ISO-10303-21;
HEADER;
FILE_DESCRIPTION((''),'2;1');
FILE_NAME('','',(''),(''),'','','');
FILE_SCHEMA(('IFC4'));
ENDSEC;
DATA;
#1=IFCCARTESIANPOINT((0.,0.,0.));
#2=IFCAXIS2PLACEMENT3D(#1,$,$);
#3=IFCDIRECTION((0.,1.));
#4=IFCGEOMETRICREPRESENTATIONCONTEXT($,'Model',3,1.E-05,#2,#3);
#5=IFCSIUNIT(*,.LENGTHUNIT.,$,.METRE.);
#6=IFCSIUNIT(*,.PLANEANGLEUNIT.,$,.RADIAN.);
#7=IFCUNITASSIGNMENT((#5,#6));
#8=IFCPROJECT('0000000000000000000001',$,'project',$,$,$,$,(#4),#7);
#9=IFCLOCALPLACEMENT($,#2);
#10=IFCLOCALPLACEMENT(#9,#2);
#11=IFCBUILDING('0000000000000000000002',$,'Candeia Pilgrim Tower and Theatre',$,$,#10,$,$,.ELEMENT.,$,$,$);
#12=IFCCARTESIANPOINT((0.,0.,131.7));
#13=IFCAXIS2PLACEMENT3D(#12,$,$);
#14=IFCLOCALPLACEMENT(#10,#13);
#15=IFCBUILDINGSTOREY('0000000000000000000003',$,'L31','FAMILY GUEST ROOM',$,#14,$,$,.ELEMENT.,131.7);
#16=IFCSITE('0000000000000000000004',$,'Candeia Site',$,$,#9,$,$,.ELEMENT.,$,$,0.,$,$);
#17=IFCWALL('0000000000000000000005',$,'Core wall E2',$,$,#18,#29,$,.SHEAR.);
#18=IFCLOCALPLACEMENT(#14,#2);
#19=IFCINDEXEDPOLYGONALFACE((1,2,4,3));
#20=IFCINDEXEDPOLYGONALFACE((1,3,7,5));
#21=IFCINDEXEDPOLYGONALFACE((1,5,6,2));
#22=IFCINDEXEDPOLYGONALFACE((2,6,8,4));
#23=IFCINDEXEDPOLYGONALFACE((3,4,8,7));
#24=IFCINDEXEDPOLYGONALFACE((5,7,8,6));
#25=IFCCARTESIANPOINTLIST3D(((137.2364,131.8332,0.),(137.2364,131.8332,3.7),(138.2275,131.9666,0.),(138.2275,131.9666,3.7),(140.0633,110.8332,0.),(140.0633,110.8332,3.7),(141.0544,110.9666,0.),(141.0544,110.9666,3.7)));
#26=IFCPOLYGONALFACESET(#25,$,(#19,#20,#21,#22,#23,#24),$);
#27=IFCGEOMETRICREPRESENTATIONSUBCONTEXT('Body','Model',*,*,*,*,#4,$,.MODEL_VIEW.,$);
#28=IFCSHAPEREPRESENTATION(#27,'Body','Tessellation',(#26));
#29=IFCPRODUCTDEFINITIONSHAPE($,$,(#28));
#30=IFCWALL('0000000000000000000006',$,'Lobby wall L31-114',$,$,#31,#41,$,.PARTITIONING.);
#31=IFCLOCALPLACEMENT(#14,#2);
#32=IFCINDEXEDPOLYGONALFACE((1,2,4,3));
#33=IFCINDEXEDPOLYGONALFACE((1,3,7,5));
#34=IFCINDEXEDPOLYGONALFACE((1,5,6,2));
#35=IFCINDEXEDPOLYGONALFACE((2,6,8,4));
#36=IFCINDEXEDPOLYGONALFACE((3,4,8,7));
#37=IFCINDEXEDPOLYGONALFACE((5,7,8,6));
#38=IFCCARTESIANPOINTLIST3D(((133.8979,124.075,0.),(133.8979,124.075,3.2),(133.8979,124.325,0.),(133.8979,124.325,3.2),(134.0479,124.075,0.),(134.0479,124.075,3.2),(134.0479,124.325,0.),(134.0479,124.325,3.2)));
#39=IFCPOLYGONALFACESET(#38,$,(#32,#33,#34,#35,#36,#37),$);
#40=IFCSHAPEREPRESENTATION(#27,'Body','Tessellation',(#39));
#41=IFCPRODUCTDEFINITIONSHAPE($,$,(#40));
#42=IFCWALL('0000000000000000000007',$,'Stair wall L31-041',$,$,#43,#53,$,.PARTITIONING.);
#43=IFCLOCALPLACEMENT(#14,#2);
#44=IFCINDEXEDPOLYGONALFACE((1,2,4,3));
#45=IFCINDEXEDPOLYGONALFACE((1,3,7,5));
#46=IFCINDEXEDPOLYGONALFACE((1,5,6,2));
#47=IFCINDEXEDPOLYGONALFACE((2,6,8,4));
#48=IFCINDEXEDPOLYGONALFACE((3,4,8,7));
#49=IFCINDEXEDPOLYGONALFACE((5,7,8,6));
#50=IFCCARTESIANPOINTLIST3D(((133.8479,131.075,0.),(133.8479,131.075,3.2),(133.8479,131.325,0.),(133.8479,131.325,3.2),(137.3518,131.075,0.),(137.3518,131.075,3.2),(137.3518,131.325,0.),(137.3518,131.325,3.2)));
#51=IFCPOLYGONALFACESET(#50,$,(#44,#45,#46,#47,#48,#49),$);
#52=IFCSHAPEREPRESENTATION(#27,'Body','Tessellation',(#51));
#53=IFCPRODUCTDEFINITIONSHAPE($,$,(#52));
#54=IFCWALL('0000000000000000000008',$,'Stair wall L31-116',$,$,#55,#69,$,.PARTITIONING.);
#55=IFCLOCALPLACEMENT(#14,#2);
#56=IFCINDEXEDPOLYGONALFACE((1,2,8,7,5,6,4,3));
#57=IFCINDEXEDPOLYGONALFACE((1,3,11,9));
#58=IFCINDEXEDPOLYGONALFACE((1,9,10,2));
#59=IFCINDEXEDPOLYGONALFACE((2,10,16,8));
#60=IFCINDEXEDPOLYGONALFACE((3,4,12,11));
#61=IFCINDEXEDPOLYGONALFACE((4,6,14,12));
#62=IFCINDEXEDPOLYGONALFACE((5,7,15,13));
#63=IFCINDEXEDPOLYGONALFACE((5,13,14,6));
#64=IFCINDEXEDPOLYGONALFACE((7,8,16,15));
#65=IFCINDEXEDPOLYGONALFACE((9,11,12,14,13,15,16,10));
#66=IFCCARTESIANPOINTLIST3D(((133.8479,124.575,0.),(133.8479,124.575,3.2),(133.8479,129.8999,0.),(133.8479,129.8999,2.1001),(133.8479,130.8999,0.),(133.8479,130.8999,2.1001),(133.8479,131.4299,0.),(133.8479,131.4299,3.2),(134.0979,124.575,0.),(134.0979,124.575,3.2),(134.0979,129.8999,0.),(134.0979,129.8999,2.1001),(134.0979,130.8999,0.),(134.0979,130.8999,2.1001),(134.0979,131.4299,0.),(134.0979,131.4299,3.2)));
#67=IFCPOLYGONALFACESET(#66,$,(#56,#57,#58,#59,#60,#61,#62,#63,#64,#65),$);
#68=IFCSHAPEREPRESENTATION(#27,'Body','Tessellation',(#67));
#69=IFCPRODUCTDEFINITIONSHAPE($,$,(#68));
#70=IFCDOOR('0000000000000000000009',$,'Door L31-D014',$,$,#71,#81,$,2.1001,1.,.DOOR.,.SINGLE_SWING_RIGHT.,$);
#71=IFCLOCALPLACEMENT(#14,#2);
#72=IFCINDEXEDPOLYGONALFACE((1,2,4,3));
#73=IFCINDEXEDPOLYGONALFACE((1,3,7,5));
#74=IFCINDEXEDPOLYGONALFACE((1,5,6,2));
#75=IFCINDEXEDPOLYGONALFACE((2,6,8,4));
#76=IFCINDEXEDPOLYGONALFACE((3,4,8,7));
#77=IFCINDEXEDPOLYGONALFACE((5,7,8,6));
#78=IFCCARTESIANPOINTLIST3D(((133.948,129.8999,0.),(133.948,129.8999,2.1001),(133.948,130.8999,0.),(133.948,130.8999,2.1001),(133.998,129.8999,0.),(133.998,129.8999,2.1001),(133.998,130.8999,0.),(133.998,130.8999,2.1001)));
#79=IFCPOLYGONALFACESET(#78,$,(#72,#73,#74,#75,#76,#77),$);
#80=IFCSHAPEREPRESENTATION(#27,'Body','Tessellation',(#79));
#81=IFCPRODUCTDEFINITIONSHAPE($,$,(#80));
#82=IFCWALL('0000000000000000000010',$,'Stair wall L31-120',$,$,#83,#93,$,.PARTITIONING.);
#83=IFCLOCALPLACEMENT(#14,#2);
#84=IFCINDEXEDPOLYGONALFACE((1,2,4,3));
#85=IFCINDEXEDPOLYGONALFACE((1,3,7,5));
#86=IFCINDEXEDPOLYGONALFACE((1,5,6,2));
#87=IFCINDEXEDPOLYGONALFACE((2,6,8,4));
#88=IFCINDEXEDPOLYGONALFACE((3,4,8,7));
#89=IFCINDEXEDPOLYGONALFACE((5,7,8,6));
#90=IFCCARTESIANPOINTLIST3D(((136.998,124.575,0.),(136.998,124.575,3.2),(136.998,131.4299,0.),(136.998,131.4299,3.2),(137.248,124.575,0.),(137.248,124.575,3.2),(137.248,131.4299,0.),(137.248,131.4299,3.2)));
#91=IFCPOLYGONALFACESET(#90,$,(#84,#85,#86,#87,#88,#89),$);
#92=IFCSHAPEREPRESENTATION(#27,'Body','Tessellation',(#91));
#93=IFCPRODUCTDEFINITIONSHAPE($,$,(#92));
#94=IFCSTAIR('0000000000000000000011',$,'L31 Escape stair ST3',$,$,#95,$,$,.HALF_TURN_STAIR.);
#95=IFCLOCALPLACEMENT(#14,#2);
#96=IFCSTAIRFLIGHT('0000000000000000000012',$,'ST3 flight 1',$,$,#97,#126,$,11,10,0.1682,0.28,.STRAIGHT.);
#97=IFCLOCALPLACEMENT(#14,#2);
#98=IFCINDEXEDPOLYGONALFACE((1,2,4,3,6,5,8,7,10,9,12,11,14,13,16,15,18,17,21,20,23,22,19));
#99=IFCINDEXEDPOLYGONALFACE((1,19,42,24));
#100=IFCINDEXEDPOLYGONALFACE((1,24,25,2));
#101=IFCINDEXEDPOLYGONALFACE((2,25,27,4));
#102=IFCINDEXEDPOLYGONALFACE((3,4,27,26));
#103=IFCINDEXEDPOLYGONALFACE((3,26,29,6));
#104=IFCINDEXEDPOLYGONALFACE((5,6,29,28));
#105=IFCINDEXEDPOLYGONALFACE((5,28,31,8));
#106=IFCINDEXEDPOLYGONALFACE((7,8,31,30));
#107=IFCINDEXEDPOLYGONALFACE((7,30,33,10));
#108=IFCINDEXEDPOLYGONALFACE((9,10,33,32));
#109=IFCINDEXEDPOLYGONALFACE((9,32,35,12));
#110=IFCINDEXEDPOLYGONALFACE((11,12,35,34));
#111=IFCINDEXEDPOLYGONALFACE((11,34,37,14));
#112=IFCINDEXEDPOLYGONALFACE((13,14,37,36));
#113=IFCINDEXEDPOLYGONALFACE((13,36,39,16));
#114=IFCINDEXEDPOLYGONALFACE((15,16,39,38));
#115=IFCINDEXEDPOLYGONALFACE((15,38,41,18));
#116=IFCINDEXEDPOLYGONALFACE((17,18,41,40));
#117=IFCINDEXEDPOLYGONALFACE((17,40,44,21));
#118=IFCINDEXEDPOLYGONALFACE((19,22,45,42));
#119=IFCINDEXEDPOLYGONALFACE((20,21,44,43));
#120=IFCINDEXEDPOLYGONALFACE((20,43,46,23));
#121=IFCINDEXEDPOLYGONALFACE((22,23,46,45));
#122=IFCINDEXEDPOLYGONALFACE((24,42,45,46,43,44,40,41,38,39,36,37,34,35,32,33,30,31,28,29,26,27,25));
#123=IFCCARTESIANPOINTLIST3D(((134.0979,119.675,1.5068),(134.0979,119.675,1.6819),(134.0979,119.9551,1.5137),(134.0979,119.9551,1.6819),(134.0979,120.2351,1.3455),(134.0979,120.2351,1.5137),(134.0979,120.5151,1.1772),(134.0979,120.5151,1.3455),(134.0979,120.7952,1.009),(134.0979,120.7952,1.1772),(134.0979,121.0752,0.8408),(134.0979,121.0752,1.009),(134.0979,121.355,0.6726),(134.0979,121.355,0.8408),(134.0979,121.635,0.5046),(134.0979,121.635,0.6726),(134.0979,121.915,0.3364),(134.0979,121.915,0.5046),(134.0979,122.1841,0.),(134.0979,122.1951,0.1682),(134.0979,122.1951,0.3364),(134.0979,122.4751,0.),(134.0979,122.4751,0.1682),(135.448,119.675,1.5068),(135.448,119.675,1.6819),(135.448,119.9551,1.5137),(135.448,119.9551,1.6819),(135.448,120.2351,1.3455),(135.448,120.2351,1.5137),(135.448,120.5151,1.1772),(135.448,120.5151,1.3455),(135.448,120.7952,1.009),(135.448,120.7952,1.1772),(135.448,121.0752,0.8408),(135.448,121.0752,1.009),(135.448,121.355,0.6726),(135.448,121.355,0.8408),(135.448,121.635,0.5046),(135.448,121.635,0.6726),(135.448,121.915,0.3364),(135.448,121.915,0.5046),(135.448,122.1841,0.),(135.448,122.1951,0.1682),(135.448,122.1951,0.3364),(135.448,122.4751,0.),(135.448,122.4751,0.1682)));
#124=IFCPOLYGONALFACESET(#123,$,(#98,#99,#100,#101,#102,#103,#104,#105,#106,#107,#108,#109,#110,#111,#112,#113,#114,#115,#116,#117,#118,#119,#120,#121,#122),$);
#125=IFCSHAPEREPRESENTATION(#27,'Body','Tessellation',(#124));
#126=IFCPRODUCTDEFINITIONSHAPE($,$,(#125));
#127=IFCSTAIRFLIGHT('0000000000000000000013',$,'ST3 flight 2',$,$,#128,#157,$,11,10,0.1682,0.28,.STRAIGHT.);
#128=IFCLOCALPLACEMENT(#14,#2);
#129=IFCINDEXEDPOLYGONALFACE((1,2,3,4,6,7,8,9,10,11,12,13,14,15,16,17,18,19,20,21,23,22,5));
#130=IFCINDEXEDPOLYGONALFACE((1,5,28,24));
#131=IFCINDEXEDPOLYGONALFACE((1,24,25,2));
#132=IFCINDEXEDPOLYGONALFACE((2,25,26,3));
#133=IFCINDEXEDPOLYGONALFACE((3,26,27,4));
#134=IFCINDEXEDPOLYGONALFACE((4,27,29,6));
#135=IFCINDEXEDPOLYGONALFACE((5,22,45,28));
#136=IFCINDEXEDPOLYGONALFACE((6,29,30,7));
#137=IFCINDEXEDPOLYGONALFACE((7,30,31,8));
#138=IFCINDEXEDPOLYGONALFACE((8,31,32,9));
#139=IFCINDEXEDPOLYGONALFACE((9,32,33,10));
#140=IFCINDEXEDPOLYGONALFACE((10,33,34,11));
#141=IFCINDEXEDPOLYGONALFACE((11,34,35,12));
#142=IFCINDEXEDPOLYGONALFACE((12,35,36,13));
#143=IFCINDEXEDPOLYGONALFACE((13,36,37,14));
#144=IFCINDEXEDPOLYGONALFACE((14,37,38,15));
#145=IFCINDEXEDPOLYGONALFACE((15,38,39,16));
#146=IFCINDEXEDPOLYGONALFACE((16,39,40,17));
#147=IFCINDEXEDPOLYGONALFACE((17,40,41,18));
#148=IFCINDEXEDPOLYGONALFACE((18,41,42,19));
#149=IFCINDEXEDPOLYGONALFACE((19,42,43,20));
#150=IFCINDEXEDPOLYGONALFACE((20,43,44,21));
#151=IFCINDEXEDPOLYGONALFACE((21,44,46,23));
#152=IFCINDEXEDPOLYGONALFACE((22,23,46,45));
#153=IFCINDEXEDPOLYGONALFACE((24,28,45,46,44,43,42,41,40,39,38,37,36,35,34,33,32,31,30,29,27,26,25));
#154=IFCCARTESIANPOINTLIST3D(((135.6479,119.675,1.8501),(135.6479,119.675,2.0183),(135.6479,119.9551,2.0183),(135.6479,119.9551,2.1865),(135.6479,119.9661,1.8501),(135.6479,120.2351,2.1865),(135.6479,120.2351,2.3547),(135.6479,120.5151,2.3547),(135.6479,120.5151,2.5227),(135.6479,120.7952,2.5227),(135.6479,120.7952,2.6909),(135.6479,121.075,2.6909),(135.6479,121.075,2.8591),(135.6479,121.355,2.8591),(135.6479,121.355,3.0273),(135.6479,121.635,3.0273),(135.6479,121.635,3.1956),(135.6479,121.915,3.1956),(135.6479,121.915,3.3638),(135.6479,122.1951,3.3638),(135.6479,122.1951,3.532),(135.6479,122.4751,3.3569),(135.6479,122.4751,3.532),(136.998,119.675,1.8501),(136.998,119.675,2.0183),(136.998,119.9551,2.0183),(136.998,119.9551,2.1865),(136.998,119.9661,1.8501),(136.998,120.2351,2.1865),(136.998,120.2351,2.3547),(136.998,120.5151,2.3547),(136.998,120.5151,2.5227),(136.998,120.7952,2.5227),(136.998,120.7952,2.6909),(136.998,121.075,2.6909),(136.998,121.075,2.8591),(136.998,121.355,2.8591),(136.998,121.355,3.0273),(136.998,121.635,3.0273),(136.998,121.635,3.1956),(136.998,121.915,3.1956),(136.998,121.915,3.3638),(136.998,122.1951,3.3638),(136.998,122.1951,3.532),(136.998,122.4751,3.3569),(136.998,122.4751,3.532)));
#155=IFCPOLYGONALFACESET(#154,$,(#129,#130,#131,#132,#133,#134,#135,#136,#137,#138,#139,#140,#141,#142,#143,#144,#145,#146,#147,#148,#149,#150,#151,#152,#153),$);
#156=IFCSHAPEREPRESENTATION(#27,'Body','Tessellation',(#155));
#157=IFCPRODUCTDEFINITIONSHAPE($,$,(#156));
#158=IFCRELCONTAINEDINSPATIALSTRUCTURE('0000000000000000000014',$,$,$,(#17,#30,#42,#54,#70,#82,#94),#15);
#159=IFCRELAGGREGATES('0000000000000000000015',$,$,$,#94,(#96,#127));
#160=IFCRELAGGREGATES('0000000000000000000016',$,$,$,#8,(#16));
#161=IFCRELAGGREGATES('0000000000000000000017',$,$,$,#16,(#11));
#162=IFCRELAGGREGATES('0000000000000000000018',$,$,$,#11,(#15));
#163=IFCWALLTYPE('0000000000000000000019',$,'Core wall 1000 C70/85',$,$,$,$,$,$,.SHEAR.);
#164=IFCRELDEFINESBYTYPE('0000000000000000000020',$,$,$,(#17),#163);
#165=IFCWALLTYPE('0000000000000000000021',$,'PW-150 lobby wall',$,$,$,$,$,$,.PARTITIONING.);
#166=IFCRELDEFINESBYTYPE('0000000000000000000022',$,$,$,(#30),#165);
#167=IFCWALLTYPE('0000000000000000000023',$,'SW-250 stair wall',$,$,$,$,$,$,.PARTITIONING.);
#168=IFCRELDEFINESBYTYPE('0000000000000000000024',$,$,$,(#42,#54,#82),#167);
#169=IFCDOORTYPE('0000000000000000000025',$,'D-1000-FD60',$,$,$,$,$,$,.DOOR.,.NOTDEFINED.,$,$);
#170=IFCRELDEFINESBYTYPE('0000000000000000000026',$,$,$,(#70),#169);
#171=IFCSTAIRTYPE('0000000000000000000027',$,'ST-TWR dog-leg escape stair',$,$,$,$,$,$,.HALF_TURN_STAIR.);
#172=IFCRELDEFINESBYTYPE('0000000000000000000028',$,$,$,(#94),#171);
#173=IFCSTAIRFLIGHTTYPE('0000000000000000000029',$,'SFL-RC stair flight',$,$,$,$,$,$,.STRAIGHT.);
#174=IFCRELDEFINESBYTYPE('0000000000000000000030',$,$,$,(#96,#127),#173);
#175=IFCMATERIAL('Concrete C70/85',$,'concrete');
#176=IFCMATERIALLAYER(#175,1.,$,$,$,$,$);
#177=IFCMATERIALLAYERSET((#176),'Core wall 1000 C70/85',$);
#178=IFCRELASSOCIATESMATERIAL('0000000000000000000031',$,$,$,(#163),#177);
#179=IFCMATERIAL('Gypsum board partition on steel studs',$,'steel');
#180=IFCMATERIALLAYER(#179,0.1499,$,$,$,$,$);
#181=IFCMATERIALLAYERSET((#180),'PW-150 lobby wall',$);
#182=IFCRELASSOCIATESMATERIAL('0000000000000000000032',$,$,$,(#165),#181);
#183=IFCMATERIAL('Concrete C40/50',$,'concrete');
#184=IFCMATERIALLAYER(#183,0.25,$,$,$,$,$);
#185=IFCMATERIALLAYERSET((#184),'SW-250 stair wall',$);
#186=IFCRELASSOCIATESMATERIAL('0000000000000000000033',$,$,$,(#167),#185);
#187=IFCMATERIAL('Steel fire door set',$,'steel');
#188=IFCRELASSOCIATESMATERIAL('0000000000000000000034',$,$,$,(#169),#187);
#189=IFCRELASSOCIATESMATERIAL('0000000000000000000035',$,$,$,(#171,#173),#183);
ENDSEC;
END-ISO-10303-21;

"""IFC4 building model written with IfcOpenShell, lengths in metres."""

from ifc_helpers import new_model, si_unit, direction, frame, frame_2d, origin, place, context, subcontext, project, spatial, polyline, rectangle, outline, extrude, material, layer, layer_set, type_object, element, fill, aggregate, save


model = new_model("IFC4")

# Units and contexts
model_context = context("Model", 3, precision=1e-05, world=origin(), true_north=direction((0.0, 1.0)))
body_context = subcontext(model_context, "Body", "Model", "MODEL_VIEW")
ifc_project = project(units=[si_unit("LENGTHUNIT", "METRE"), si_unit("PLANEANGLEUNIT", "RADIAN")], contexts=[model_context])

# Site, building, storey
site_placement = place(None, origin())
site = spatial("IfcSite", under=ifc_project, at=site_placement, Name="Candeia Site", CompositionType="ELEMENT", RefElevation=0.0)
building_placement = place(site_placement, origin())
building = spatial("IfcBuilding", under=site, at=building_placement, Name="Candeia Pilgrim Tower and Theatre", CompositionType="ELEMENT")
storey_placement = place(building_placement, frame((0.0, 0.0, 131.7)))
storey = spatial("IfcBuildingStorey", under=building, at=storey_placement, Name="L31", Description="FAMILY GUEST ROOM", CompositionType="ELEMENT", Elevation=131.7)

# Wall
ifc_material_1 = material(Name="Concrete C70/85", Category="concrete")
ifc_layer_1 = layer(ifc_material_1, 1.0)
ifc_layer_set_1 = layer_set([ifc_layer_1], Name="Core wall 1000 C70/85")
wall_type_1 = type_object("IfcWallType", Name="Core wall 1000 C70/85", PredefinedType="SHEAR", material=ifc_layer_set_1)
wall_1_placement = place(storey_placement, frame((137.7319, 131.8999, 0.0), z_axis=(0.0, 0.0, 1.0), x_axis=(0.133411, -0.991061, 0.0)))
element("IfcWall", 1, at=wall_1_placement, inside=storey, type_object=wall_type_1, Name="Core wall E2", PredefinedType="SHEAR", context=body_context, shape_type="SweptSolid", body=[
    extrude(rectangle(XDim=21.1895, YDim=1.0, at=frame_2d((10.5947, 0.0))), origin(), (0.0, 0.0, 1.0), 3.7),
])

# Walls
ifc_material_2 = material(Name="Gypsum board partition on steel studs", Category="steel")
ifc_layer_2 = layer(ifc_material_2, 0.1499)
ifc_layer_set_2 = layer_set([ifc_layer_2], Name="PW-150 lobby wall")
wall_type_2 = type_object("IfcWallType", Name="PW-150 lobby wall", PredefinedType="PARTITIONING", material=ifc_layer_set_2)
wall_2_placement = place(storey_placement, frame((133.9729, 124.075, 0.0), z_axis=(0.0, 0.0, 1.0), x_axis=(0.0, 1.0, 0.0)))
element("IfcWall", 2, at=wall_2_placement, inside=storey, type_object=wall_type_2, Name="Lobby wall L31-114", PredefinedType="PARTITIONING", context=body_context, shape_type="SweptSolid", body=[
    extrude(rectangle(XDim=0.25, YDim=0.1499, at=frame_2d((0.125, 0.0))), origin(), (0.0, 0.0, 1.0), 3.2),
])
ifc_material_3 = material(Name="Concrete C40/50", Category="concrete")
ifc_layer_3 = layer(ifc_material_3, 0.25)
ifc_layer_set_3 = layer_set([ifc_layer_3], Name="SW-250 stair wall")
wall_type_3 = type_object("IfcWallType", Name="SW-250 stair wall", PredefinedType="PARTITIONING", material=ifc_layer_set_3)
wall_3_placement = place(storey_placement, frame((133.8479, 131.2, 0.0), z_axis=(0.0, 0.0, 1.0), x_axis=(1.0, 0.0, 0.0)))
element("IfcWall", 3, at=wall_3_placement, inside=storey, type_object=wall_type_3, Name="Stair wall L31-041", PredefinedType="PARTITIONING", context=body_context, shape_type="SweptSolid", body=[
    extrude(rectangle(XDim=3.5039, YDim=0.25, at=frame_2d((1.752, 0.0))), origin(), (0.0, 0.0, 1.0), 3.2),
])

# Wall, opening, door
wall_4_placement = place(storey_placement, frame((133.9729, 124.575, 0.0), z_axis=(0.0, 0.0, 1.0), x_axis=(0.0, 1.0, 0.0)))
wall_4 = element("IfcWall", 4, at=wall_4_placement, inside=storey, type_object=wall_type_3, Name="Stair wall L31-116", PredefinedType="PARTITIONING", context=body_context, shape_type="SweptSolid", body=[
    extrude(rectangle(XDim=6.855, YDim=0.25, at=frame_2d((3.4275, 0.0))), origin(), (0.0, 0.0, 1.0), 3.2),
])
opening_1_placement = place(wall_4_placement, frame((5.325, 0.0, 0.0)))
opening_1 = element("IfcOpeningElement", 5, at=opening_1_placement, cuts=wall_4, PredefinedType="OPENING", context=body_context, shape_type="SweptSolid", body=[
    extrude(rectangle(XDim=1.0, YDim=2.1001, at=frame_2d((0.5, 1.05))), frame((0.0, 0.135, 0.0), z_axis=(0.0, -1.0, 0.0), x_axis=(1.0, 0.0, 0.0)), (0.0, 0.0, 1.0), 0.27),
])
ifc_material_4 = material(Name="Steel fire door set", Category="steel")
door_type_1 = type_object("IfcDoorType", Name="D-1000-FD60", OperationType="NOTDEFINED", PredefinedType="DOOR", material=ifc_material_4)
door_1_placement = place(opening_1_placement, origin())
door_1 = element("IfcDoor", 6, at=door_1_placement, inside=storey, type_object=door_type_1, Name="Door L31-D014", OperationType="SINGLE_SWING_RIGHT", OverallHeight=2.1001, OverallWidth=1.0, PredefinedType="DOOR", context=body_context, shape_type="SweptSolid", body=[
    extrude(rectangle(XDim=1.0, YDim=2.1001, at=frame_2d((0.5, 1.05))), frame((0.0, 0.0249, 0.0), z_axis=(0.0, -1.0, 0.0), x_axis=(1.0, 0.0, 0.0)), (0.0, 0.0, 1.0), 0.05),
])
fill(opening_1, door_1)

# Wall
wall_5_placement = place(storey_placement, frame((137.123, 124.575, 0.0), z_axis=(0.0, 0.0, 1.0), x_axis=(0.0, 1.0, 0.0)))
element("IfcWall", 7, at=wall_5_placement, inside=storey, type_object=wall_type_3, Name="Stair wall L31-120", PredefinedType="PARTITIONING", context=body_context, shape_type="SweptSolid", body=[
    extrude(rectangle(XDim=6.855, YDim=0.25, at=frame_2d((3.4275, 0.0))), origin(), (0.0, 0.0, 1.0), 3.2),
])

# Stair, stair flights
stair_type = type_object("IfcStairType", Name="ST-TWR dog-leg escape stair", PredefinedType="HALF_TURN_STAIR", material=ifc_material_3)
stair_1_placement = place(storey_placement, origin())
stair_1 = element("IfcStair", 8, at=stair_1_placement, inside=storey, type_object=stair_type, Name="L31 Escape stair ST3", PredefinedType="HALF_TURN_STAIR")
stair_flight_type = type_object("IfcStairFlightType", Name="SFL-RC stair flight", PredefinedType="STRAIGHT", material=ifc_material_3)
stair_flight_1_placement = place(storey_placement, frame((134.7729, 122.4751, 0.0), z_axis=(0.0, 0.0, 1.0), x_axis=(0.0, -1.0, 0.0)))
stair_flight_1 = element("IfcStairFlight", 9, at=stair_flight_1_placement, type_object=stair_flight_type, Name="ST3 flight 1", NumberOfRisers=11, NumberOfTreads=10, PredefinedType="STRAIGHT", RiserHeight=0.1682, TreadLength=0.28, context=body_context, shape_type="SweptSolid", body=[
    extrude(outline(polyline([(0.0, 0.0), (0.0, 0.1682), (0.28, 0.1682), (0.28, 0.3364), (0.5601, 0.3364), (0.5601, 0.5046), (0.8401, 0.5046), (0.8401, 0.6726), (1.1201, 0.6726), (1.1201, 0.8408), (1.3999, 0.8408), (1.3999, 1.009), (1.6799, 1.009), (1.6799, 1.1772), (1.96, 1.1772), (1.96, 1.3455), (2.24, 1.3455), (2.24, 1.5137), (2.52, 1.5137), (2.52, 1.6819), (2.8, 1.6819), (2.8, 1.8501), (2.8, 1.5068), (0.291, 0.0), (0.0, 0.0)])), frame((0.0, 0.675, 0.0), z_axis=(0.0, -1.0, 0.0), x_axis=(1.0, 0.0, 0.0)), (0.0, 0.0, 1.0), 1.3501),
])
stair_flight_2_placement = place(storey_placement, frame((136.323, 119.675, 1.8501), z_axis=(0.0, 0.0, 1.0), x_axis=(0.0, 1.0, 0.0)))
stair_flight_2 = element("IfcStairFlight", 10, at=stair_flight_2_placement, type_object=stair_flight_type, Name="ST3 flight 2", NumberOfRisers=11, NumberOfTreads=10, PredefinedType="STRAIGHT", RiserHeight=0.1682, TreadLength=0.28, context=body_context, shape_type="SweptSolid", body=[
    extrude(outline(polyline([(0.0, 0.0), (0.0, 0.1682), (0.28, 0.1682), (0.28, 0.3364), (0.5601, 0.3364), (0.5601, 0.5046), (0.8401, 0.5046), (0.8401, 0.6726), (1.1201, 0.6726), (1.1201, 0.8408), (1.3999, 0.8408), (1.3999, 1.009), (1.6799, 1.009), (1.6799, 1.1772), (1.96, 1.1772), (1.96, 1.3455), (2.24, 1.3455), (2.24, 1.5137), (2.52, 1.5137), (2.52, 1.6819), (2.8, 1.6819), (2.8, 1.8501), (2.8, 1.5068), (0.291, 0.0), (0.0, 0.0)])), frame((0.0, 0.675, 0.0), z_axis=(0.0, -1.0, 0.0), x_axis=(1.0, 0.0, 0.0)), (0.0, 0.0, 1.0), 1.3501),
])
aggregate(stair_1, [stair_flight_1, stair_flight_2])

save(model, "model.ifc")
